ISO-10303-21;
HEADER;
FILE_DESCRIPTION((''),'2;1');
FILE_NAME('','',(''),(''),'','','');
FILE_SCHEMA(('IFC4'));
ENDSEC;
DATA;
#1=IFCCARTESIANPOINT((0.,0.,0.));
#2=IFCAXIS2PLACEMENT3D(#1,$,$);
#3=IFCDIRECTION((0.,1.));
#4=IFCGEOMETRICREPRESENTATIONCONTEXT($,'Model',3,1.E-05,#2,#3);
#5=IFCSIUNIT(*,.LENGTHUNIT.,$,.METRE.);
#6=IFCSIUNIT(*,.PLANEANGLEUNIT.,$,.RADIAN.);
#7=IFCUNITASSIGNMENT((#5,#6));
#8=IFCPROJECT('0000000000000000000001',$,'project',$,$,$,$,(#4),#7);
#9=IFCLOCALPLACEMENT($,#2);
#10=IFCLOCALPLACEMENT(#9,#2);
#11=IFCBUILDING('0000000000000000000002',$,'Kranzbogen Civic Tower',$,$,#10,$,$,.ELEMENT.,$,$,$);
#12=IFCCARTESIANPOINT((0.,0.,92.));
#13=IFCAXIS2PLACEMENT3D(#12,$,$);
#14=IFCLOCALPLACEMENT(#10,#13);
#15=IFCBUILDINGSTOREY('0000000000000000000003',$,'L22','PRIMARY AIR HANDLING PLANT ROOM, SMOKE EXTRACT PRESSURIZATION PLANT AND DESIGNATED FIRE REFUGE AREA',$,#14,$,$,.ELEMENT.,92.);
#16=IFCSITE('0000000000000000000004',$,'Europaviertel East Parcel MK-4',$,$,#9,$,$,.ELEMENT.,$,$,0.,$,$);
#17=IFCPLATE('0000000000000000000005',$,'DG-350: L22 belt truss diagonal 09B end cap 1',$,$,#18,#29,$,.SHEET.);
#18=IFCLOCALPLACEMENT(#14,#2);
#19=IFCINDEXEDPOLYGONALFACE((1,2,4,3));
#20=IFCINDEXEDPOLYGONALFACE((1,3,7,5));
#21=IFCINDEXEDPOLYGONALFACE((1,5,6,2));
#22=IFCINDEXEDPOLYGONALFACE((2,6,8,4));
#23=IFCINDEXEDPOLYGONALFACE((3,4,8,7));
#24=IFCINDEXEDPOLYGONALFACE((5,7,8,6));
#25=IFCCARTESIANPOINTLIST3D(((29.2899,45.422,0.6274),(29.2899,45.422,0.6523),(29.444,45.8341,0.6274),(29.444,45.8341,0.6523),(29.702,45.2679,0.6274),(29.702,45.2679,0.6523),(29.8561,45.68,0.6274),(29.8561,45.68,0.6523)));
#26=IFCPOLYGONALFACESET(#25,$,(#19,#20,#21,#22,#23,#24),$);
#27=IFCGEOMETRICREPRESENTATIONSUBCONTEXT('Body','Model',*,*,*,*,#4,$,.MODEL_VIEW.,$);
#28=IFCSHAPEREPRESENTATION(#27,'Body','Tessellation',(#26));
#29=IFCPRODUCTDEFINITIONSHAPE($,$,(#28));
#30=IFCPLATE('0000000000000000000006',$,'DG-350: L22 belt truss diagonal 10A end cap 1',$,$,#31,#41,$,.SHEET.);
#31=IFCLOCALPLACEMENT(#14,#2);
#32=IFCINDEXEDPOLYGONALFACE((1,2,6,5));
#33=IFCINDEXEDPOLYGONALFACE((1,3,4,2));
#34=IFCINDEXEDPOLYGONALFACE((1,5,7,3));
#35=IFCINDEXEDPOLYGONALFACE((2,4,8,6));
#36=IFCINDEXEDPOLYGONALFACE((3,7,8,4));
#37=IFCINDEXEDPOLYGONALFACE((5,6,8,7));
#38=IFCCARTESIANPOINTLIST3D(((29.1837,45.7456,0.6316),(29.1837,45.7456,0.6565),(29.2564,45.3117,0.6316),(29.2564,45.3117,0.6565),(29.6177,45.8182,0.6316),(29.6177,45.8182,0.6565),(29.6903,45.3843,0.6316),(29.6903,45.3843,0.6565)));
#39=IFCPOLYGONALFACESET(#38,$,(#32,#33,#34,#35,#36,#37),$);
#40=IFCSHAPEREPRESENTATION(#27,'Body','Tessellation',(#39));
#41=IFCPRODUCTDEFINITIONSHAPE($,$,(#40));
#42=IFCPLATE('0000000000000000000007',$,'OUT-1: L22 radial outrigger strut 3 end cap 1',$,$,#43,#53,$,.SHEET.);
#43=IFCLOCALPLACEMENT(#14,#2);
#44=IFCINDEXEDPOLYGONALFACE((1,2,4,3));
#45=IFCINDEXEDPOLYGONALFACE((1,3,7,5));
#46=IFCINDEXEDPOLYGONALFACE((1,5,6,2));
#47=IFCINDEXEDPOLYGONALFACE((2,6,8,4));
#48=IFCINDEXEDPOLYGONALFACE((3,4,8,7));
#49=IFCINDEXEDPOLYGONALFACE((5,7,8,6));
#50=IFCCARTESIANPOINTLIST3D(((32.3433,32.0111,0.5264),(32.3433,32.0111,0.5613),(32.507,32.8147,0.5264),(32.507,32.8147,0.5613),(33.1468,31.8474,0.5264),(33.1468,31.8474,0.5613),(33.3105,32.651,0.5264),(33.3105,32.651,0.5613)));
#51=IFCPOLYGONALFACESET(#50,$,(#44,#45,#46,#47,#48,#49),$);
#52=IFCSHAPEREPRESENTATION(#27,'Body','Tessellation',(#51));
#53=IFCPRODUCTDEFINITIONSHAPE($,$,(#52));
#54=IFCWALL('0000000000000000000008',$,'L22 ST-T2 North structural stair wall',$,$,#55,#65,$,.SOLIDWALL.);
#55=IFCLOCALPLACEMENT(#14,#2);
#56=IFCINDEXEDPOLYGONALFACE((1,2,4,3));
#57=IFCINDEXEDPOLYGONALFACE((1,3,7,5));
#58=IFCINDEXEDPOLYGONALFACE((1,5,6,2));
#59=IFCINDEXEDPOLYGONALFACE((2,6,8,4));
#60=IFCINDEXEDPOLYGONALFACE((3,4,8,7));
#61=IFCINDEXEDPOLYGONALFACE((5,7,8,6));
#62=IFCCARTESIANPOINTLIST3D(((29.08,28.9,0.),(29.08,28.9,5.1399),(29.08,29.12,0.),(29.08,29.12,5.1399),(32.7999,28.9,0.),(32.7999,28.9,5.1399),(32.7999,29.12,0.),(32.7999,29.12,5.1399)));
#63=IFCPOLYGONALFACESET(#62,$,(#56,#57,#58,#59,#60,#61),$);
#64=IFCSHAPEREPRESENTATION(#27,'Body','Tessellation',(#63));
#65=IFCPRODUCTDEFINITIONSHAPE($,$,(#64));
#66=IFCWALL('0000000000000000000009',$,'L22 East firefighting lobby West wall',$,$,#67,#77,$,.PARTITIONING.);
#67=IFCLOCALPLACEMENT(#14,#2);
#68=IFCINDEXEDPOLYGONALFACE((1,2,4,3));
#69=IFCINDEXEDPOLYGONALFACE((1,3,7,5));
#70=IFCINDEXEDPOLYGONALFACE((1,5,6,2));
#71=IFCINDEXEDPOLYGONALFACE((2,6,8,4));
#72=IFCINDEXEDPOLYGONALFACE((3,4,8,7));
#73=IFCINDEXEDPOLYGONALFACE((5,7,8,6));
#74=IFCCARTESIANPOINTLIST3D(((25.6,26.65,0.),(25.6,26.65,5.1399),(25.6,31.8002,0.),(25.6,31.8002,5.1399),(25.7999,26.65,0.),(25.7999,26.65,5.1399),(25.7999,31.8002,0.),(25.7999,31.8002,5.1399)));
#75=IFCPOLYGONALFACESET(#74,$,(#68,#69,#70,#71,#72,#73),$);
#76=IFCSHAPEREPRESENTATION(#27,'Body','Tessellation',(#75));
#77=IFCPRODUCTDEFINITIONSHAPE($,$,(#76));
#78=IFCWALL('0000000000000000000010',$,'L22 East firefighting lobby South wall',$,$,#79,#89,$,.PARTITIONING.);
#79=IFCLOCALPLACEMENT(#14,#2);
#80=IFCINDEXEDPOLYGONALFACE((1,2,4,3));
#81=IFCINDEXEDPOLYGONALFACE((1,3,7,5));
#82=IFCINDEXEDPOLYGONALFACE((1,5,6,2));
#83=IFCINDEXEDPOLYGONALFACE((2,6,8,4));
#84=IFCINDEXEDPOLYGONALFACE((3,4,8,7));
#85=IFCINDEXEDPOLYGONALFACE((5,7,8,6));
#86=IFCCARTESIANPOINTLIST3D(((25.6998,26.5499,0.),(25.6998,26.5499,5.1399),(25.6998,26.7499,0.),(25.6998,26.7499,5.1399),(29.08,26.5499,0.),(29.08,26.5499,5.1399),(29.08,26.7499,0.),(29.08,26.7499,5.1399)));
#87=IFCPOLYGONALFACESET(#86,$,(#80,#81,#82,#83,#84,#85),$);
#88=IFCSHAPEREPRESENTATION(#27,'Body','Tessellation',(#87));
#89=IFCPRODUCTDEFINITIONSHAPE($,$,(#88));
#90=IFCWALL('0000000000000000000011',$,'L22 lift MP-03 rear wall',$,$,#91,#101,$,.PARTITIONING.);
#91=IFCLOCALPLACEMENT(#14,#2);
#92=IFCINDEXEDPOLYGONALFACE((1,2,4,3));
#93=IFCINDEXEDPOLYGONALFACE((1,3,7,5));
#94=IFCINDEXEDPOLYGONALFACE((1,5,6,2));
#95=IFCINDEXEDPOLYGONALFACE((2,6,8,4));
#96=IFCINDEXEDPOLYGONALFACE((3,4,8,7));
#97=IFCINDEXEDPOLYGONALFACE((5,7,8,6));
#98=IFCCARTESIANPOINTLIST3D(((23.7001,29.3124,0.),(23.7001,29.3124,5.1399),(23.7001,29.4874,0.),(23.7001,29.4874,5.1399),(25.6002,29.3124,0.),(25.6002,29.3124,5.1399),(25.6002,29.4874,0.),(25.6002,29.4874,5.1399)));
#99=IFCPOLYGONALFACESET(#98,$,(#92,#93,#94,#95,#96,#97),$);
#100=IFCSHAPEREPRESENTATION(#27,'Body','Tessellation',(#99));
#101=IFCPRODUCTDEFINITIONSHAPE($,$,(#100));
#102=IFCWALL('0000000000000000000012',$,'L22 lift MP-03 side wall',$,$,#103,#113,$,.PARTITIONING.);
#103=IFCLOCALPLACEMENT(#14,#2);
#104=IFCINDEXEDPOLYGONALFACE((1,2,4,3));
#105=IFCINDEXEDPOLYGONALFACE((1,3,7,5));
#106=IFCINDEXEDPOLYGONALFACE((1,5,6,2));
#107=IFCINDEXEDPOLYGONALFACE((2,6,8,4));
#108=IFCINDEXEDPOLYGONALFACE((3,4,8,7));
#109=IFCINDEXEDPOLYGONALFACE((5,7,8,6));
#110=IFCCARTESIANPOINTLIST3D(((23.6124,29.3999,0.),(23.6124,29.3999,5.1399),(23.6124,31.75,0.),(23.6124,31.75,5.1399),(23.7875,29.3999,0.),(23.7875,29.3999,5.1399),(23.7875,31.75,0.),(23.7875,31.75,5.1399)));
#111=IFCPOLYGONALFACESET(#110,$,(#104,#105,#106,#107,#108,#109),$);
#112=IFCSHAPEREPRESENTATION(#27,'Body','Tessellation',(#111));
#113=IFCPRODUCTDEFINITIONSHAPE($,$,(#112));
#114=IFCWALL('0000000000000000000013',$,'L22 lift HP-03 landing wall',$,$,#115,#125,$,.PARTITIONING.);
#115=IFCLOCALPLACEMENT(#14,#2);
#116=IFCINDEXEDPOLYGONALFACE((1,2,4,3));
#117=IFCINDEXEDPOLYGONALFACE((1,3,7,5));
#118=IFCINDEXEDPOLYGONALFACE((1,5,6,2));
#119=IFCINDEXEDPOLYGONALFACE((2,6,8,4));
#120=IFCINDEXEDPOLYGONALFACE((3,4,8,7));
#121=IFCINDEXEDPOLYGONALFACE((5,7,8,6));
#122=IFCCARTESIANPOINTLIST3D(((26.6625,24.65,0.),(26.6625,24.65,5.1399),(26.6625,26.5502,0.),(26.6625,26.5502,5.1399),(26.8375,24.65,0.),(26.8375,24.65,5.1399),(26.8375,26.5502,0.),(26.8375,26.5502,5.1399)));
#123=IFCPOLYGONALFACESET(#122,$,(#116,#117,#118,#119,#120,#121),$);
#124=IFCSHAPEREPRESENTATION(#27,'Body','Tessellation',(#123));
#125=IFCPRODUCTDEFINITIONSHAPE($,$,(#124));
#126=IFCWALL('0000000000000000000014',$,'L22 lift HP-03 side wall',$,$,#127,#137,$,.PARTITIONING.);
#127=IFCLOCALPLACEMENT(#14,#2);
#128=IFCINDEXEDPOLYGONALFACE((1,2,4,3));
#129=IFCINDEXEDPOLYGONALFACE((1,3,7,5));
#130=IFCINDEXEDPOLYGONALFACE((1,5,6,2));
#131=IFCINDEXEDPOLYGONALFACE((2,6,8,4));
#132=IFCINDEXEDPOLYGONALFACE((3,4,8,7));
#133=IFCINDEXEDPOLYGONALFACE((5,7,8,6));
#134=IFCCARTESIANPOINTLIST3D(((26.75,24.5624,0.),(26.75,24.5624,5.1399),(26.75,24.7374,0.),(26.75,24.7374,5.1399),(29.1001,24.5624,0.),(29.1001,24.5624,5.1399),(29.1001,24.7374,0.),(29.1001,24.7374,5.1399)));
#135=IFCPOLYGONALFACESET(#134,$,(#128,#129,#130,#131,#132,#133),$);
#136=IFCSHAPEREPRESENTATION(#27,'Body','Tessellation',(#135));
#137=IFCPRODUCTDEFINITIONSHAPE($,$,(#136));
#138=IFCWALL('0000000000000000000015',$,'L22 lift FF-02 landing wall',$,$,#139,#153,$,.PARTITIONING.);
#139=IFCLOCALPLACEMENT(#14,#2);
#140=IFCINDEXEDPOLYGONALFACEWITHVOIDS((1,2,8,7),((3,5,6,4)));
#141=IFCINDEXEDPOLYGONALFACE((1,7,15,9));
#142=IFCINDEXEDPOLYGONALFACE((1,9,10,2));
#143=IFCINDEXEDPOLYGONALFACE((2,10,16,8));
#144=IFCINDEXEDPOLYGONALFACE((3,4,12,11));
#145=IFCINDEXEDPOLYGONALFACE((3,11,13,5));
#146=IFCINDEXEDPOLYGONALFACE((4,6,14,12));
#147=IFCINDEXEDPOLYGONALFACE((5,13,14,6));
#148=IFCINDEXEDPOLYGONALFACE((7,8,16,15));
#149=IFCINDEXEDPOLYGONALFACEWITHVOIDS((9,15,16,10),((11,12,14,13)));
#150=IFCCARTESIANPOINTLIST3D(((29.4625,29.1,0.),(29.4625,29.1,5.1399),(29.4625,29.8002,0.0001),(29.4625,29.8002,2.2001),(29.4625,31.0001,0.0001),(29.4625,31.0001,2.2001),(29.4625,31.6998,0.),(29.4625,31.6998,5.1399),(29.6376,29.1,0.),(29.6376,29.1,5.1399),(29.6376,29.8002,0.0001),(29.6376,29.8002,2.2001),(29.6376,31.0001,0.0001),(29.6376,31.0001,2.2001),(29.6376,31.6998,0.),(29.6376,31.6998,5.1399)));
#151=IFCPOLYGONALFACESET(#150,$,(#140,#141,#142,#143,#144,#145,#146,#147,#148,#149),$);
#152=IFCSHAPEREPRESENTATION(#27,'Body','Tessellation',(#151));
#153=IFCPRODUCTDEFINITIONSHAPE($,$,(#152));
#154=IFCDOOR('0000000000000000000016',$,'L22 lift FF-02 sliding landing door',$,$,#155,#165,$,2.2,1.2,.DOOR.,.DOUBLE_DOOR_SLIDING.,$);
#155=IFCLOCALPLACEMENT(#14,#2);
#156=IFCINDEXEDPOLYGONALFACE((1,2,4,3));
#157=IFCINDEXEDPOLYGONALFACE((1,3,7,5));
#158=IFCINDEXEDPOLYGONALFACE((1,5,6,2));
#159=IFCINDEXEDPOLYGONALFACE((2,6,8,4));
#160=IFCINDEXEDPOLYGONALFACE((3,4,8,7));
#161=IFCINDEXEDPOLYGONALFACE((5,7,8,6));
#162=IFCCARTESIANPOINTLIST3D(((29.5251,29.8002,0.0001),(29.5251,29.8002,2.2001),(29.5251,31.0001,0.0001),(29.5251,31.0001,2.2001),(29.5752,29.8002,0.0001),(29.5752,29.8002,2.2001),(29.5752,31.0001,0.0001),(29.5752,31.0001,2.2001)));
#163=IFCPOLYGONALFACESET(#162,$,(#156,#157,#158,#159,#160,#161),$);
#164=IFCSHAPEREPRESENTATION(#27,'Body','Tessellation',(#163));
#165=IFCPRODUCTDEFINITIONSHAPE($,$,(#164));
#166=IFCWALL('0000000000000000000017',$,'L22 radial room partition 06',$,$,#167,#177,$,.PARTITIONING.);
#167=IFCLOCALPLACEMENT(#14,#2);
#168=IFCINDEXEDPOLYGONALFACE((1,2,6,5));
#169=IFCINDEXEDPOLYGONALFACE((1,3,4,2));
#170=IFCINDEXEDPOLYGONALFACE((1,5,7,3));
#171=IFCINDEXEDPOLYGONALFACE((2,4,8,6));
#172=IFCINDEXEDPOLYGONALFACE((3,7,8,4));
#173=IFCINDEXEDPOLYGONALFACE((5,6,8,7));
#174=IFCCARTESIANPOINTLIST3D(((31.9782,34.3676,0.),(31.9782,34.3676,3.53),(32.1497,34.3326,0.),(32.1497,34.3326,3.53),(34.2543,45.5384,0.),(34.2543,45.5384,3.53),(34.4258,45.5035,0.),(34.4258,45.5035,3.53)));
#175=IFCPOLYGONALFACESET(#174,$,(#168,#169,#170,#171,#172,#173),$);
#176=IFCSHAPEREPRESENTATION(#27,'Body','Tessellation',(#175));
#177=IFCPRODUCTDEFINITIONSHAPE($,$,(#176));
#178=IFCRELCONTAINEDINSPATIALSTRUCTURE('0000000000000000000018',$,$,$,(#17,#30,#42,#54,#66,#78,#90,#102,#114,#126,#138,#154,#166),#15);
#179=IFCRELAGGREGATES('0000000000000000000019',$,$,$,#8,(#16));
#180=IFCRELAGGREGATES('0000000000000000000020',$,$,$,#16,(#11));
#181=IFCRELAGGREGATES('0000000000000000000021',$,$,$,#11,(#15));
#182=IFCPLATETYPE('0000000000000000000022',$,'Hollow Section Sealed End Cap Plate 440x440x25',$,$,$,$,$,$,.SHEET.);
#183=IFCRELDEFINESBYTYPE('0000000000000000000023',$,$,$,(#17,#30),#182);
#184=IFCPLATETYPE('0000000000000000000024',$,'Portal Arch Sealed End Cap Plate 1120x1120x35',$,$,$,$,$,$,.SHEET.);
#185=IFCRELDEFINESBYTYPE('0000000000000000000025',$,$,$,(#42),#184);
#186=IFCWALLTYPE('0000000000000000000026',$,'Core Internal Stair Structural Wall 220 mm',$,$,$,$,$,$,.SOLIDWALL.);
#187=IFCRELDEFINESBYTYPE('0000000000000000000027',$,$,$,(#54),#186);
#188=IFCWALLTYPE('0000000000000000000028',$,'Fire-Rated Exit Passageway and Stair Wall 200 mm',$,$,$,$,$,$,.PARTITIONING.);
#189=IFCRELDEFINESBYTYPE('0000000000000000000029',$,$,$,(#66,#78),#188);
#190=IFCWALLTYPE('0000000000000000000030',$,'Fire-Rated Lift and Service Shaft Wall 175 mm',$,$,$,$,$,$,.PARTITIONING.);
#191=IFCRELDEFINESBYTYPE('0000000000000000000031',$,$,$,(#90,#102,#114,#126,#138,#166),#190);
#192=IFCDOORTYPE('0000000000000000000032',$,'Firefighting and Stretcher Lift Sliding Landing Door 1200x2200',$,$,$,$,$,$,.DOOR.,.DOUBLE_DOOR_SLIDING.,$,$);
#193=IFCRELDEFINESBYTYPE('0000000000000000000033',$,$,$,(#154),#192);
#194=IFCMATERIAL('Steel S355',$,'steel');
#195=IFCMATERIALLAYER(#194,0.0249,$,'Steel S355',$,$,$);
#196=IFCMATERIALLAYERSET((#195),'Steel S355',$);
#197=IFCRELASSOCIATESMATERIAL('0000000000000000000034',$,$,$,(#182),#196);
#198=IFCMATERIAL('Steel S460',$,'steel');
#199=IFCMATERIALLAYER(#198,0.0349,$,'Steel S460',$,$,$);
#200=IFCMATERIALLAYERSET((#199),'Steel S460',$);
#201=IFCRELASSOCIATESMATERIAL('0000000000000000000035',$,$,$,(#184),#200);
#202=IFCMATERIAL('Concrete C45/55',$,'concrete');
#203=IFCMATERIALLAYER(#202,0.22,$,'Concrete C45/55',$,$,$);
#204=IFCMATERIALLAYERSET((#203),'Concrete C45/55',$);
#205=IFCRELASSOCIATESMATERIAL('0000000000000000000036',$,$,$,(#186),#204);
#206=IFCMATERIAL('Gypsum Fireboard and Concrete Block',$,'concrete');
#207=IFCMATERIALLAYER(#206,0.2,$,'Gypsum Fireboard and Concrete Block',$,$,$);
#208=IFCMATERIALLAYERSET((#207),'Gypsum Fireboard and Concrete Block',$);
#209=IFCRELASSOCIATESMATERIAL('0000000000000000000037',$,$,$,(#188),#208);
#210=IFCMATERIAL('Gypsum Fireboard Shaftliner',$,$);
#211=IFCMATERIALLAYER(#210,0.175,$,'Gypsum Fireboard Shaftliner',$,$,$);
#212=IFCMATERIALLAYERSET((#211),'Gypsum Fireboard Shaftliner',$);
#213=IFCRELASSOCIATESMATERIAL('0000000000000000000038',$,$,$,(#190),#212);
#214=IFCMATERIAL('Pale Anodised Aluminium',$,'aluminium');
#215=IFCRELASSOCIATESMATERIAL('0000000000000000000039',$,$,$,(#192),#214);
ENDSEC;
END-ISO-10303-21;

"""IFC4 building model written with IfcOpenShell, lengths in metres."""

from ifc_helpers import new_model, si_unit, direction, frame, frame_2d, origin, origin_2d, place, context, subcontext, project, spatial, rectangle, extrude, material, layer, layer_set, type_object, element, fill, save


model = new_model("IFC4")

# Units and contexts
model_context = context("Model", 3, precision=1e-05, world=origin(), true_north=direction((0.0, 1.0)))
body_context = subcontext(model_context, "Body", "Model", "MODEL_VIEW")
ifc_project = project(units=[si_unit("LENGTHUNIT", "METRE"), si_unit("PLANEANGLEUNIT", "RADIAN")], contexts=[model_context])

# Site, building, storey
site_placement = place(None, origin())
site = spatial("IfcSite", under=ifc_project, at=site_placement, Name="Europaviertel East Parcel MK-4", CompositionType="ELEMENT", RefElevation=0.0)
building_placement = place(site_placement, origin())
building = spatial("IfcBuilding", under=site, at=building_placement, Name="Kranzbogen Civic Tower", CompositionType="ELEMENT")
storey_placement = place(building_placement, frame((0.0, 0.0, 92.0)))
storey = spatial("IfcBuildingStorey", under=building, at=storey_placement, Name="L22", Description="PRIMARY AIR HANDLING PLANT ROOM, SMOKE EXTRACT PRESSURIZATION PLANT AND DESIGNATED FIRE REFUGE AREA", CompositionType="ELEMENT", Elevation=92.0)

# Shared definitions
ifc_material_1 = material(Name="Steel S355", Category="steel")
ifc_material_2 = material(Name="Steel S460", Category="steel")

# Plates
ifc_layer_1 = layer(ifc_material_1, 0.0249, Name="Steel S355")
ifc_layer_set_1 = layer_set([ifc_layer_1], Name="Steel S355")
plate_type_1 = type_object("IfcPlateType", Name="Hollow Section Sealed End Cap Plate 440x440x25", PredefinedType="SHEET", material=ifc_layer_set_1)
for number, where, z_axis, x_axis, name in (
    (1, (29.573, 45.551, 0.6274), (0.0, 0.0, 1.0), (0.936642, -0.350289, 0.0), "DG-350: L22 belt truss diagonal 09B end cap 1"),
    (2, (29.437, 45.5649, 0.6316), (0.0, 0.0, 1.0), (-0.98628, -0.165082, 0.0), "DG-350: L22 belt truss diagonal 10A end cap 1"),
):
    element("IfcPlate", number, at=place(storey_placement, frame(where, z_axis=z_axis, x_axis=x_axis)), inside=storey, type_object=plate_type_1, Name=name, PredefinedType="SHEET", context=body_context, shape_type="SweptSolid", body=[
        extrude(rectangle(XDim=0.4399, YDim=0.4399, at=origin_2d()), origin(), (0.0, 0.0, 1.0), 0.0249),
    ])
ifc_layer_2 = layer(ifc_material_2, 0.0349, Name="Steel S460")
ifc_layer_set_2 = layer_set([ifc_layer_2], Name="Steel S460")
plate_type_2 = type_object("IfcPlateType", Name="Portal Arch Sealed End Cap Plate 1120x1120x35", PredefinedType="SHEET", material=ifc_layer_set_2)
plate_1_placement = place(storey_placement, frame((32.8269, 32.3311, 0.5264), z_axis=(0.0, 0.0, 1.0), x_axis=(0.199624, 0.979872, 0.0)))
element("IfcPlate", 3, at=plate_1_placement, inside=storey, type_object=plate_type_2, Name="OUT-1: L22 radial outrigger strut 3 end cap 1", PredefinedType="SHEET", context=body_context, shape_type="SweptSolid", body=[
    extrude(rectangle(XDim=0.8201, YDim=0.8201, at=origin_2d()), origin(), (0.0, 0.0, 1.0), 0.0349),
])

# Walls
ifc_material_3 = material(Name="Concrete C45/55", Category="concrete")
ifc_layer_3 = layer(ifc_material_3, 0.22, Name="Concrete C45/55")
ifc_layer_set_3 = layer_set([ifc_layer_3], Name="Concrete C45/55")
wall_type_1 = type_object("IfcWallType", Name="Core Internal Stair Structural Wall 220 mm", PredefinedType="SOLIDWALL", material=ifc_layer_set_3)
wall_1_placement = place(storey_placement, frame((29.0801, 29.01, 0.0), z_axis=(0.0, 0.0, 1.0), x_axis=(1.0, 0.0, 0.0)))
element("IfcWall", 4, at=wall_1_placement, inside=storey, type_object=wall_type_1, Name="L22 ST-T2 North structural stair wall", PredefinedType="SOLIDWALL", context=body_context, shape_type="SweptSolid", body=[
    extrude(rectangle(XDim=3.72, YDim=0.22, at=frame_2d((1.8599, 0.0))), origin(), (0.0, 0.0, 1.0), 5.1399),
])
ifc_material_4 = material(Name="Gypsum Fireboard and Concrete Block", Category="concrete")
ifc_layer_4 = layer(ifc_material_4, 0.2, Name="Gypsum Fireboard and Concrete Block")
ifc_layer_set_4 = layer_set([ifc_layer_4], Name="Gypsum Fireboard and Concrete Block")
wall_type_2 = type_object("IfcWallType", Name="Fire-Rated Exit Passageway and Stair Wall 200 mm", PredefinedType="PARTITIONING", material=ifc_layer_set_4)
wall_2_placement = place(storey_placement, frame((25.7, 26.6499, 0.0), z_axis=(0.0, 0.0, 1.0), x_axis=(0.0, 1.0, 0.0)))
element("IfcWall", 5, at=wall_2_placement, inside=storey, type_object=wall_type_2, Name="L22 East firefighting lobby West wall", PredefinedType="PARTITIONING", context=body_context, shape_type="SweptSolid", body=[
    extrude(rectangle(XDim=5.1501, YDim=0.2, at=frame_2d((2.5752, 0.0))), origin(), (0.0, 0.0, 1.0), 5.1399),
])
wall_3_placement = place(storey_placement, frame((25.7, 26.6499, 0.0), z_axis=(0.0, 0.0, 1.0), x_axis=(1.0, 0.0, 0.0)))
element("IfcWall", 6, at=wall_3_placement, inside=storey, type_object=wall_type_2, Name="L22 East firefighting lobby South wall", PredefinedType="PARTITIONING", context=body_context, shape_type="SweptSolid", body=[
    extrude(rectangle(XDim=3.3801, YDim=0.2, at=frame_2d((1.6899, 0.0))), origin(), (0.0, 0.0, 1.0), 5.1399),
])
ifc_material_5 = material(Name="Gypsum Fireboard Shaftliner")
ifc_layer_5 = layer(ifc_material_5, 0.175, Name="Gypsum Fireboard Shaftliner")
ifc_layer_set_5 = layer_set([ifc_layer_5], Name="Gypsum Fireboard Shaftliner")
wall_type_3 = type_object("IfcWallType", Name="Fire-Rated Lift and Service Shaft Wall 175 mm", PredefinedType="PARTITIONING", material=ifc_layer_set_5)
wall_4_placement = place(storey_placement, frame((23.7, 29.3999, 0.0), z_axis=(0.0, 0.0, 1.0), x_axis=(1.0, 0.0, 0.0)))
element("IfcWall", 7, at=wall_4_placement, inside=storey, type_object=wall_type_3, Name="L22 lift MP-03 rear wall", PredefinedType="PARTITIONING", context=body_context, shape_type="SweptSolid", body=[
    extrude(rectangle(XDim=1.9001, YDim=0.175, at=frame_2d((0.9502, 0.0))), origin(), (0.0, 0.0, 1.0), 5.1399),
])
wall_5_placement = place(storey_placement, frame((23.7, 29.3999, 0.0), z_axis=(0.0, 0.0, 1.0), x_axis=(0.0, 1.0, 0.0)))
element("IfcWall", 8, at=wall_5_placement, inside=storey, type_object=wall_type_3, Name="L22 lift MP-03 side wall", PredefinedType="PARTITIONING", context=body_context, shape_type="SweptSolid", body=[
    extrude(rectangle(XDim=2.3501, YDim=0.175, at=frame_2d((1.175, 0.0))), origin(), (0.0, 0.0, 1.0), 5.1399),
])
wall_6_placement = place(storey_placement, frame((26.75, 24.6499, 0.0), z_axis=(0.0, 0.0, 1.0), x_axis=(0.0, 1.0, 0.0)))
element("IfcWall", 9, at=wall_6_placement, inside=storey, type_object=wall_type_3, Name="L22 lift HP-03 landing wall", PredefinedType="PARTITIONING", context=body_context, shape_type="SweptSolid", body=[
    extrude(rectangle(XDim=1.9001, YDim=0.175, at=frame_2d((0.9502, 0.0))), origin(), (0.0, 0.0, 1.0), 5.1399),
])
wall_7_placement = place(storey_placement, frame((26.75, 24.6499, 0.0), z_axis=(0.0, 0.0, 1.0), x_axis=(1.0, 0.0, 0.0)))
element("IfcWall", 10, at=wall_7_placement, inside=storey, type_object=wall_type_3, Name="L22 lift HP-03 side wall", PredefinedType="PARTITIONING", context=body_context, shape_type="SweptSolid", body=[
    extrude(rectangle(XDim=2.3501, YDim=0.175, at=frame_2d((1.175, 0.0))), origin(), (0.0, 0.0, 1.0), 5.1399),
])

# Wall, opening, door
wall_8_placement = place(storey_placement, frame((29.55, 29.1001, 0.0), z_axis=(0.0, 0.0, 1.0), x_axis=(0.0, 1.0, 0.0)))
wall_8 = element("IfcWall", 11, at=wall_8_placement, inside=storey, type_object=wall_type_3, Name="L22 lift FF-02 landing wall", PredefinedType="PARTITIONING", context=body_context, shape_type="SweptSolid", body=[
    extrude(rectangle(XDim=2.5999, YDim=0.175, at=frame_2d((1.2998, 0.0))), origin(), (0.0, 0.0, 1.0), 5.1399),
])
opening_placement = place(wall_8_placement, frame((0.7, 0.0, 0.0)))
opening = element("IfcOpeningElement", 12, at=opening_placement, cuts=wall_8, PredefinedType="OPENING", context=body_context, shape_type="SweptSolid", body=[
    extrude(rectangle(XDim=1.2, YDim=2.2, at=frame_2d((0.6001, 1.1001))), frame((0.0, 0.0977, 0.0), z_axis=(0.0, -1.0, 0.0), x_axis=(1.0, 0.0, 0.0)), (0.0, 0.0, 1.0), 0.1951),
])
ifc_material_6 = material(Name="Pale Anodised Aluminium", Category="aluminium")
door_type = type_object("IfcDoorType", Name="Firefighting and Stretcher Lift Sliding Landing Door 1200x2200", OperationType="DOUBLE_DOOR_SLIDING", PredefinedType="DOOR", material=ifc_material_6)
door_placement = place(opening_placement, origin())
door = element("IfcDoor", 13, at=door_placement, inside=storey, type_object=door_type, Name="L22 lift FF-02 sliding landing door", OperationType="DOUBLE_DOOR_SLIDING", OverallHeight=2.2, OverallWidth=1.2, PredefinedType="DOOR", context=body_context, shape_type="SweptSolid", body=[
    extrude(rectangle(XDim=1.2, YDim=2.2, at=frame_2d((0.6001, 1.1001))), frame((0.0, 0.0249, 0.0), z_axis=(0.0, -1.0, 0.0), x_axis=(1.0, 0.0, 0.0)), (0.0, 0.0, 1.0), 0.05),
])
fill(opening, door)

# Wall
wall_9_placement = place(storey_placement, frame((32.064, 34.3501, 0.0), z_axis=(0.0, 0.0, 1.0), x_axis=(0.199652, 0.979867, 0.0)))
element("IfcWall", 14, at=wall_9_placement, inside=storey, type_object=wall_type_3, Name="L22 radial room partition 06", PredefinedType="PARTITIONING", context=body_context, shape_type="SweptSolid", body=[
    extrude(rectangle(XDim=11.4004, YDim=0.175, at=frame_2d((5.7002, 0.0))), origin(), (0.0, 0.0, 1.0), 3.53),
])

save(model, "model.ifc")
